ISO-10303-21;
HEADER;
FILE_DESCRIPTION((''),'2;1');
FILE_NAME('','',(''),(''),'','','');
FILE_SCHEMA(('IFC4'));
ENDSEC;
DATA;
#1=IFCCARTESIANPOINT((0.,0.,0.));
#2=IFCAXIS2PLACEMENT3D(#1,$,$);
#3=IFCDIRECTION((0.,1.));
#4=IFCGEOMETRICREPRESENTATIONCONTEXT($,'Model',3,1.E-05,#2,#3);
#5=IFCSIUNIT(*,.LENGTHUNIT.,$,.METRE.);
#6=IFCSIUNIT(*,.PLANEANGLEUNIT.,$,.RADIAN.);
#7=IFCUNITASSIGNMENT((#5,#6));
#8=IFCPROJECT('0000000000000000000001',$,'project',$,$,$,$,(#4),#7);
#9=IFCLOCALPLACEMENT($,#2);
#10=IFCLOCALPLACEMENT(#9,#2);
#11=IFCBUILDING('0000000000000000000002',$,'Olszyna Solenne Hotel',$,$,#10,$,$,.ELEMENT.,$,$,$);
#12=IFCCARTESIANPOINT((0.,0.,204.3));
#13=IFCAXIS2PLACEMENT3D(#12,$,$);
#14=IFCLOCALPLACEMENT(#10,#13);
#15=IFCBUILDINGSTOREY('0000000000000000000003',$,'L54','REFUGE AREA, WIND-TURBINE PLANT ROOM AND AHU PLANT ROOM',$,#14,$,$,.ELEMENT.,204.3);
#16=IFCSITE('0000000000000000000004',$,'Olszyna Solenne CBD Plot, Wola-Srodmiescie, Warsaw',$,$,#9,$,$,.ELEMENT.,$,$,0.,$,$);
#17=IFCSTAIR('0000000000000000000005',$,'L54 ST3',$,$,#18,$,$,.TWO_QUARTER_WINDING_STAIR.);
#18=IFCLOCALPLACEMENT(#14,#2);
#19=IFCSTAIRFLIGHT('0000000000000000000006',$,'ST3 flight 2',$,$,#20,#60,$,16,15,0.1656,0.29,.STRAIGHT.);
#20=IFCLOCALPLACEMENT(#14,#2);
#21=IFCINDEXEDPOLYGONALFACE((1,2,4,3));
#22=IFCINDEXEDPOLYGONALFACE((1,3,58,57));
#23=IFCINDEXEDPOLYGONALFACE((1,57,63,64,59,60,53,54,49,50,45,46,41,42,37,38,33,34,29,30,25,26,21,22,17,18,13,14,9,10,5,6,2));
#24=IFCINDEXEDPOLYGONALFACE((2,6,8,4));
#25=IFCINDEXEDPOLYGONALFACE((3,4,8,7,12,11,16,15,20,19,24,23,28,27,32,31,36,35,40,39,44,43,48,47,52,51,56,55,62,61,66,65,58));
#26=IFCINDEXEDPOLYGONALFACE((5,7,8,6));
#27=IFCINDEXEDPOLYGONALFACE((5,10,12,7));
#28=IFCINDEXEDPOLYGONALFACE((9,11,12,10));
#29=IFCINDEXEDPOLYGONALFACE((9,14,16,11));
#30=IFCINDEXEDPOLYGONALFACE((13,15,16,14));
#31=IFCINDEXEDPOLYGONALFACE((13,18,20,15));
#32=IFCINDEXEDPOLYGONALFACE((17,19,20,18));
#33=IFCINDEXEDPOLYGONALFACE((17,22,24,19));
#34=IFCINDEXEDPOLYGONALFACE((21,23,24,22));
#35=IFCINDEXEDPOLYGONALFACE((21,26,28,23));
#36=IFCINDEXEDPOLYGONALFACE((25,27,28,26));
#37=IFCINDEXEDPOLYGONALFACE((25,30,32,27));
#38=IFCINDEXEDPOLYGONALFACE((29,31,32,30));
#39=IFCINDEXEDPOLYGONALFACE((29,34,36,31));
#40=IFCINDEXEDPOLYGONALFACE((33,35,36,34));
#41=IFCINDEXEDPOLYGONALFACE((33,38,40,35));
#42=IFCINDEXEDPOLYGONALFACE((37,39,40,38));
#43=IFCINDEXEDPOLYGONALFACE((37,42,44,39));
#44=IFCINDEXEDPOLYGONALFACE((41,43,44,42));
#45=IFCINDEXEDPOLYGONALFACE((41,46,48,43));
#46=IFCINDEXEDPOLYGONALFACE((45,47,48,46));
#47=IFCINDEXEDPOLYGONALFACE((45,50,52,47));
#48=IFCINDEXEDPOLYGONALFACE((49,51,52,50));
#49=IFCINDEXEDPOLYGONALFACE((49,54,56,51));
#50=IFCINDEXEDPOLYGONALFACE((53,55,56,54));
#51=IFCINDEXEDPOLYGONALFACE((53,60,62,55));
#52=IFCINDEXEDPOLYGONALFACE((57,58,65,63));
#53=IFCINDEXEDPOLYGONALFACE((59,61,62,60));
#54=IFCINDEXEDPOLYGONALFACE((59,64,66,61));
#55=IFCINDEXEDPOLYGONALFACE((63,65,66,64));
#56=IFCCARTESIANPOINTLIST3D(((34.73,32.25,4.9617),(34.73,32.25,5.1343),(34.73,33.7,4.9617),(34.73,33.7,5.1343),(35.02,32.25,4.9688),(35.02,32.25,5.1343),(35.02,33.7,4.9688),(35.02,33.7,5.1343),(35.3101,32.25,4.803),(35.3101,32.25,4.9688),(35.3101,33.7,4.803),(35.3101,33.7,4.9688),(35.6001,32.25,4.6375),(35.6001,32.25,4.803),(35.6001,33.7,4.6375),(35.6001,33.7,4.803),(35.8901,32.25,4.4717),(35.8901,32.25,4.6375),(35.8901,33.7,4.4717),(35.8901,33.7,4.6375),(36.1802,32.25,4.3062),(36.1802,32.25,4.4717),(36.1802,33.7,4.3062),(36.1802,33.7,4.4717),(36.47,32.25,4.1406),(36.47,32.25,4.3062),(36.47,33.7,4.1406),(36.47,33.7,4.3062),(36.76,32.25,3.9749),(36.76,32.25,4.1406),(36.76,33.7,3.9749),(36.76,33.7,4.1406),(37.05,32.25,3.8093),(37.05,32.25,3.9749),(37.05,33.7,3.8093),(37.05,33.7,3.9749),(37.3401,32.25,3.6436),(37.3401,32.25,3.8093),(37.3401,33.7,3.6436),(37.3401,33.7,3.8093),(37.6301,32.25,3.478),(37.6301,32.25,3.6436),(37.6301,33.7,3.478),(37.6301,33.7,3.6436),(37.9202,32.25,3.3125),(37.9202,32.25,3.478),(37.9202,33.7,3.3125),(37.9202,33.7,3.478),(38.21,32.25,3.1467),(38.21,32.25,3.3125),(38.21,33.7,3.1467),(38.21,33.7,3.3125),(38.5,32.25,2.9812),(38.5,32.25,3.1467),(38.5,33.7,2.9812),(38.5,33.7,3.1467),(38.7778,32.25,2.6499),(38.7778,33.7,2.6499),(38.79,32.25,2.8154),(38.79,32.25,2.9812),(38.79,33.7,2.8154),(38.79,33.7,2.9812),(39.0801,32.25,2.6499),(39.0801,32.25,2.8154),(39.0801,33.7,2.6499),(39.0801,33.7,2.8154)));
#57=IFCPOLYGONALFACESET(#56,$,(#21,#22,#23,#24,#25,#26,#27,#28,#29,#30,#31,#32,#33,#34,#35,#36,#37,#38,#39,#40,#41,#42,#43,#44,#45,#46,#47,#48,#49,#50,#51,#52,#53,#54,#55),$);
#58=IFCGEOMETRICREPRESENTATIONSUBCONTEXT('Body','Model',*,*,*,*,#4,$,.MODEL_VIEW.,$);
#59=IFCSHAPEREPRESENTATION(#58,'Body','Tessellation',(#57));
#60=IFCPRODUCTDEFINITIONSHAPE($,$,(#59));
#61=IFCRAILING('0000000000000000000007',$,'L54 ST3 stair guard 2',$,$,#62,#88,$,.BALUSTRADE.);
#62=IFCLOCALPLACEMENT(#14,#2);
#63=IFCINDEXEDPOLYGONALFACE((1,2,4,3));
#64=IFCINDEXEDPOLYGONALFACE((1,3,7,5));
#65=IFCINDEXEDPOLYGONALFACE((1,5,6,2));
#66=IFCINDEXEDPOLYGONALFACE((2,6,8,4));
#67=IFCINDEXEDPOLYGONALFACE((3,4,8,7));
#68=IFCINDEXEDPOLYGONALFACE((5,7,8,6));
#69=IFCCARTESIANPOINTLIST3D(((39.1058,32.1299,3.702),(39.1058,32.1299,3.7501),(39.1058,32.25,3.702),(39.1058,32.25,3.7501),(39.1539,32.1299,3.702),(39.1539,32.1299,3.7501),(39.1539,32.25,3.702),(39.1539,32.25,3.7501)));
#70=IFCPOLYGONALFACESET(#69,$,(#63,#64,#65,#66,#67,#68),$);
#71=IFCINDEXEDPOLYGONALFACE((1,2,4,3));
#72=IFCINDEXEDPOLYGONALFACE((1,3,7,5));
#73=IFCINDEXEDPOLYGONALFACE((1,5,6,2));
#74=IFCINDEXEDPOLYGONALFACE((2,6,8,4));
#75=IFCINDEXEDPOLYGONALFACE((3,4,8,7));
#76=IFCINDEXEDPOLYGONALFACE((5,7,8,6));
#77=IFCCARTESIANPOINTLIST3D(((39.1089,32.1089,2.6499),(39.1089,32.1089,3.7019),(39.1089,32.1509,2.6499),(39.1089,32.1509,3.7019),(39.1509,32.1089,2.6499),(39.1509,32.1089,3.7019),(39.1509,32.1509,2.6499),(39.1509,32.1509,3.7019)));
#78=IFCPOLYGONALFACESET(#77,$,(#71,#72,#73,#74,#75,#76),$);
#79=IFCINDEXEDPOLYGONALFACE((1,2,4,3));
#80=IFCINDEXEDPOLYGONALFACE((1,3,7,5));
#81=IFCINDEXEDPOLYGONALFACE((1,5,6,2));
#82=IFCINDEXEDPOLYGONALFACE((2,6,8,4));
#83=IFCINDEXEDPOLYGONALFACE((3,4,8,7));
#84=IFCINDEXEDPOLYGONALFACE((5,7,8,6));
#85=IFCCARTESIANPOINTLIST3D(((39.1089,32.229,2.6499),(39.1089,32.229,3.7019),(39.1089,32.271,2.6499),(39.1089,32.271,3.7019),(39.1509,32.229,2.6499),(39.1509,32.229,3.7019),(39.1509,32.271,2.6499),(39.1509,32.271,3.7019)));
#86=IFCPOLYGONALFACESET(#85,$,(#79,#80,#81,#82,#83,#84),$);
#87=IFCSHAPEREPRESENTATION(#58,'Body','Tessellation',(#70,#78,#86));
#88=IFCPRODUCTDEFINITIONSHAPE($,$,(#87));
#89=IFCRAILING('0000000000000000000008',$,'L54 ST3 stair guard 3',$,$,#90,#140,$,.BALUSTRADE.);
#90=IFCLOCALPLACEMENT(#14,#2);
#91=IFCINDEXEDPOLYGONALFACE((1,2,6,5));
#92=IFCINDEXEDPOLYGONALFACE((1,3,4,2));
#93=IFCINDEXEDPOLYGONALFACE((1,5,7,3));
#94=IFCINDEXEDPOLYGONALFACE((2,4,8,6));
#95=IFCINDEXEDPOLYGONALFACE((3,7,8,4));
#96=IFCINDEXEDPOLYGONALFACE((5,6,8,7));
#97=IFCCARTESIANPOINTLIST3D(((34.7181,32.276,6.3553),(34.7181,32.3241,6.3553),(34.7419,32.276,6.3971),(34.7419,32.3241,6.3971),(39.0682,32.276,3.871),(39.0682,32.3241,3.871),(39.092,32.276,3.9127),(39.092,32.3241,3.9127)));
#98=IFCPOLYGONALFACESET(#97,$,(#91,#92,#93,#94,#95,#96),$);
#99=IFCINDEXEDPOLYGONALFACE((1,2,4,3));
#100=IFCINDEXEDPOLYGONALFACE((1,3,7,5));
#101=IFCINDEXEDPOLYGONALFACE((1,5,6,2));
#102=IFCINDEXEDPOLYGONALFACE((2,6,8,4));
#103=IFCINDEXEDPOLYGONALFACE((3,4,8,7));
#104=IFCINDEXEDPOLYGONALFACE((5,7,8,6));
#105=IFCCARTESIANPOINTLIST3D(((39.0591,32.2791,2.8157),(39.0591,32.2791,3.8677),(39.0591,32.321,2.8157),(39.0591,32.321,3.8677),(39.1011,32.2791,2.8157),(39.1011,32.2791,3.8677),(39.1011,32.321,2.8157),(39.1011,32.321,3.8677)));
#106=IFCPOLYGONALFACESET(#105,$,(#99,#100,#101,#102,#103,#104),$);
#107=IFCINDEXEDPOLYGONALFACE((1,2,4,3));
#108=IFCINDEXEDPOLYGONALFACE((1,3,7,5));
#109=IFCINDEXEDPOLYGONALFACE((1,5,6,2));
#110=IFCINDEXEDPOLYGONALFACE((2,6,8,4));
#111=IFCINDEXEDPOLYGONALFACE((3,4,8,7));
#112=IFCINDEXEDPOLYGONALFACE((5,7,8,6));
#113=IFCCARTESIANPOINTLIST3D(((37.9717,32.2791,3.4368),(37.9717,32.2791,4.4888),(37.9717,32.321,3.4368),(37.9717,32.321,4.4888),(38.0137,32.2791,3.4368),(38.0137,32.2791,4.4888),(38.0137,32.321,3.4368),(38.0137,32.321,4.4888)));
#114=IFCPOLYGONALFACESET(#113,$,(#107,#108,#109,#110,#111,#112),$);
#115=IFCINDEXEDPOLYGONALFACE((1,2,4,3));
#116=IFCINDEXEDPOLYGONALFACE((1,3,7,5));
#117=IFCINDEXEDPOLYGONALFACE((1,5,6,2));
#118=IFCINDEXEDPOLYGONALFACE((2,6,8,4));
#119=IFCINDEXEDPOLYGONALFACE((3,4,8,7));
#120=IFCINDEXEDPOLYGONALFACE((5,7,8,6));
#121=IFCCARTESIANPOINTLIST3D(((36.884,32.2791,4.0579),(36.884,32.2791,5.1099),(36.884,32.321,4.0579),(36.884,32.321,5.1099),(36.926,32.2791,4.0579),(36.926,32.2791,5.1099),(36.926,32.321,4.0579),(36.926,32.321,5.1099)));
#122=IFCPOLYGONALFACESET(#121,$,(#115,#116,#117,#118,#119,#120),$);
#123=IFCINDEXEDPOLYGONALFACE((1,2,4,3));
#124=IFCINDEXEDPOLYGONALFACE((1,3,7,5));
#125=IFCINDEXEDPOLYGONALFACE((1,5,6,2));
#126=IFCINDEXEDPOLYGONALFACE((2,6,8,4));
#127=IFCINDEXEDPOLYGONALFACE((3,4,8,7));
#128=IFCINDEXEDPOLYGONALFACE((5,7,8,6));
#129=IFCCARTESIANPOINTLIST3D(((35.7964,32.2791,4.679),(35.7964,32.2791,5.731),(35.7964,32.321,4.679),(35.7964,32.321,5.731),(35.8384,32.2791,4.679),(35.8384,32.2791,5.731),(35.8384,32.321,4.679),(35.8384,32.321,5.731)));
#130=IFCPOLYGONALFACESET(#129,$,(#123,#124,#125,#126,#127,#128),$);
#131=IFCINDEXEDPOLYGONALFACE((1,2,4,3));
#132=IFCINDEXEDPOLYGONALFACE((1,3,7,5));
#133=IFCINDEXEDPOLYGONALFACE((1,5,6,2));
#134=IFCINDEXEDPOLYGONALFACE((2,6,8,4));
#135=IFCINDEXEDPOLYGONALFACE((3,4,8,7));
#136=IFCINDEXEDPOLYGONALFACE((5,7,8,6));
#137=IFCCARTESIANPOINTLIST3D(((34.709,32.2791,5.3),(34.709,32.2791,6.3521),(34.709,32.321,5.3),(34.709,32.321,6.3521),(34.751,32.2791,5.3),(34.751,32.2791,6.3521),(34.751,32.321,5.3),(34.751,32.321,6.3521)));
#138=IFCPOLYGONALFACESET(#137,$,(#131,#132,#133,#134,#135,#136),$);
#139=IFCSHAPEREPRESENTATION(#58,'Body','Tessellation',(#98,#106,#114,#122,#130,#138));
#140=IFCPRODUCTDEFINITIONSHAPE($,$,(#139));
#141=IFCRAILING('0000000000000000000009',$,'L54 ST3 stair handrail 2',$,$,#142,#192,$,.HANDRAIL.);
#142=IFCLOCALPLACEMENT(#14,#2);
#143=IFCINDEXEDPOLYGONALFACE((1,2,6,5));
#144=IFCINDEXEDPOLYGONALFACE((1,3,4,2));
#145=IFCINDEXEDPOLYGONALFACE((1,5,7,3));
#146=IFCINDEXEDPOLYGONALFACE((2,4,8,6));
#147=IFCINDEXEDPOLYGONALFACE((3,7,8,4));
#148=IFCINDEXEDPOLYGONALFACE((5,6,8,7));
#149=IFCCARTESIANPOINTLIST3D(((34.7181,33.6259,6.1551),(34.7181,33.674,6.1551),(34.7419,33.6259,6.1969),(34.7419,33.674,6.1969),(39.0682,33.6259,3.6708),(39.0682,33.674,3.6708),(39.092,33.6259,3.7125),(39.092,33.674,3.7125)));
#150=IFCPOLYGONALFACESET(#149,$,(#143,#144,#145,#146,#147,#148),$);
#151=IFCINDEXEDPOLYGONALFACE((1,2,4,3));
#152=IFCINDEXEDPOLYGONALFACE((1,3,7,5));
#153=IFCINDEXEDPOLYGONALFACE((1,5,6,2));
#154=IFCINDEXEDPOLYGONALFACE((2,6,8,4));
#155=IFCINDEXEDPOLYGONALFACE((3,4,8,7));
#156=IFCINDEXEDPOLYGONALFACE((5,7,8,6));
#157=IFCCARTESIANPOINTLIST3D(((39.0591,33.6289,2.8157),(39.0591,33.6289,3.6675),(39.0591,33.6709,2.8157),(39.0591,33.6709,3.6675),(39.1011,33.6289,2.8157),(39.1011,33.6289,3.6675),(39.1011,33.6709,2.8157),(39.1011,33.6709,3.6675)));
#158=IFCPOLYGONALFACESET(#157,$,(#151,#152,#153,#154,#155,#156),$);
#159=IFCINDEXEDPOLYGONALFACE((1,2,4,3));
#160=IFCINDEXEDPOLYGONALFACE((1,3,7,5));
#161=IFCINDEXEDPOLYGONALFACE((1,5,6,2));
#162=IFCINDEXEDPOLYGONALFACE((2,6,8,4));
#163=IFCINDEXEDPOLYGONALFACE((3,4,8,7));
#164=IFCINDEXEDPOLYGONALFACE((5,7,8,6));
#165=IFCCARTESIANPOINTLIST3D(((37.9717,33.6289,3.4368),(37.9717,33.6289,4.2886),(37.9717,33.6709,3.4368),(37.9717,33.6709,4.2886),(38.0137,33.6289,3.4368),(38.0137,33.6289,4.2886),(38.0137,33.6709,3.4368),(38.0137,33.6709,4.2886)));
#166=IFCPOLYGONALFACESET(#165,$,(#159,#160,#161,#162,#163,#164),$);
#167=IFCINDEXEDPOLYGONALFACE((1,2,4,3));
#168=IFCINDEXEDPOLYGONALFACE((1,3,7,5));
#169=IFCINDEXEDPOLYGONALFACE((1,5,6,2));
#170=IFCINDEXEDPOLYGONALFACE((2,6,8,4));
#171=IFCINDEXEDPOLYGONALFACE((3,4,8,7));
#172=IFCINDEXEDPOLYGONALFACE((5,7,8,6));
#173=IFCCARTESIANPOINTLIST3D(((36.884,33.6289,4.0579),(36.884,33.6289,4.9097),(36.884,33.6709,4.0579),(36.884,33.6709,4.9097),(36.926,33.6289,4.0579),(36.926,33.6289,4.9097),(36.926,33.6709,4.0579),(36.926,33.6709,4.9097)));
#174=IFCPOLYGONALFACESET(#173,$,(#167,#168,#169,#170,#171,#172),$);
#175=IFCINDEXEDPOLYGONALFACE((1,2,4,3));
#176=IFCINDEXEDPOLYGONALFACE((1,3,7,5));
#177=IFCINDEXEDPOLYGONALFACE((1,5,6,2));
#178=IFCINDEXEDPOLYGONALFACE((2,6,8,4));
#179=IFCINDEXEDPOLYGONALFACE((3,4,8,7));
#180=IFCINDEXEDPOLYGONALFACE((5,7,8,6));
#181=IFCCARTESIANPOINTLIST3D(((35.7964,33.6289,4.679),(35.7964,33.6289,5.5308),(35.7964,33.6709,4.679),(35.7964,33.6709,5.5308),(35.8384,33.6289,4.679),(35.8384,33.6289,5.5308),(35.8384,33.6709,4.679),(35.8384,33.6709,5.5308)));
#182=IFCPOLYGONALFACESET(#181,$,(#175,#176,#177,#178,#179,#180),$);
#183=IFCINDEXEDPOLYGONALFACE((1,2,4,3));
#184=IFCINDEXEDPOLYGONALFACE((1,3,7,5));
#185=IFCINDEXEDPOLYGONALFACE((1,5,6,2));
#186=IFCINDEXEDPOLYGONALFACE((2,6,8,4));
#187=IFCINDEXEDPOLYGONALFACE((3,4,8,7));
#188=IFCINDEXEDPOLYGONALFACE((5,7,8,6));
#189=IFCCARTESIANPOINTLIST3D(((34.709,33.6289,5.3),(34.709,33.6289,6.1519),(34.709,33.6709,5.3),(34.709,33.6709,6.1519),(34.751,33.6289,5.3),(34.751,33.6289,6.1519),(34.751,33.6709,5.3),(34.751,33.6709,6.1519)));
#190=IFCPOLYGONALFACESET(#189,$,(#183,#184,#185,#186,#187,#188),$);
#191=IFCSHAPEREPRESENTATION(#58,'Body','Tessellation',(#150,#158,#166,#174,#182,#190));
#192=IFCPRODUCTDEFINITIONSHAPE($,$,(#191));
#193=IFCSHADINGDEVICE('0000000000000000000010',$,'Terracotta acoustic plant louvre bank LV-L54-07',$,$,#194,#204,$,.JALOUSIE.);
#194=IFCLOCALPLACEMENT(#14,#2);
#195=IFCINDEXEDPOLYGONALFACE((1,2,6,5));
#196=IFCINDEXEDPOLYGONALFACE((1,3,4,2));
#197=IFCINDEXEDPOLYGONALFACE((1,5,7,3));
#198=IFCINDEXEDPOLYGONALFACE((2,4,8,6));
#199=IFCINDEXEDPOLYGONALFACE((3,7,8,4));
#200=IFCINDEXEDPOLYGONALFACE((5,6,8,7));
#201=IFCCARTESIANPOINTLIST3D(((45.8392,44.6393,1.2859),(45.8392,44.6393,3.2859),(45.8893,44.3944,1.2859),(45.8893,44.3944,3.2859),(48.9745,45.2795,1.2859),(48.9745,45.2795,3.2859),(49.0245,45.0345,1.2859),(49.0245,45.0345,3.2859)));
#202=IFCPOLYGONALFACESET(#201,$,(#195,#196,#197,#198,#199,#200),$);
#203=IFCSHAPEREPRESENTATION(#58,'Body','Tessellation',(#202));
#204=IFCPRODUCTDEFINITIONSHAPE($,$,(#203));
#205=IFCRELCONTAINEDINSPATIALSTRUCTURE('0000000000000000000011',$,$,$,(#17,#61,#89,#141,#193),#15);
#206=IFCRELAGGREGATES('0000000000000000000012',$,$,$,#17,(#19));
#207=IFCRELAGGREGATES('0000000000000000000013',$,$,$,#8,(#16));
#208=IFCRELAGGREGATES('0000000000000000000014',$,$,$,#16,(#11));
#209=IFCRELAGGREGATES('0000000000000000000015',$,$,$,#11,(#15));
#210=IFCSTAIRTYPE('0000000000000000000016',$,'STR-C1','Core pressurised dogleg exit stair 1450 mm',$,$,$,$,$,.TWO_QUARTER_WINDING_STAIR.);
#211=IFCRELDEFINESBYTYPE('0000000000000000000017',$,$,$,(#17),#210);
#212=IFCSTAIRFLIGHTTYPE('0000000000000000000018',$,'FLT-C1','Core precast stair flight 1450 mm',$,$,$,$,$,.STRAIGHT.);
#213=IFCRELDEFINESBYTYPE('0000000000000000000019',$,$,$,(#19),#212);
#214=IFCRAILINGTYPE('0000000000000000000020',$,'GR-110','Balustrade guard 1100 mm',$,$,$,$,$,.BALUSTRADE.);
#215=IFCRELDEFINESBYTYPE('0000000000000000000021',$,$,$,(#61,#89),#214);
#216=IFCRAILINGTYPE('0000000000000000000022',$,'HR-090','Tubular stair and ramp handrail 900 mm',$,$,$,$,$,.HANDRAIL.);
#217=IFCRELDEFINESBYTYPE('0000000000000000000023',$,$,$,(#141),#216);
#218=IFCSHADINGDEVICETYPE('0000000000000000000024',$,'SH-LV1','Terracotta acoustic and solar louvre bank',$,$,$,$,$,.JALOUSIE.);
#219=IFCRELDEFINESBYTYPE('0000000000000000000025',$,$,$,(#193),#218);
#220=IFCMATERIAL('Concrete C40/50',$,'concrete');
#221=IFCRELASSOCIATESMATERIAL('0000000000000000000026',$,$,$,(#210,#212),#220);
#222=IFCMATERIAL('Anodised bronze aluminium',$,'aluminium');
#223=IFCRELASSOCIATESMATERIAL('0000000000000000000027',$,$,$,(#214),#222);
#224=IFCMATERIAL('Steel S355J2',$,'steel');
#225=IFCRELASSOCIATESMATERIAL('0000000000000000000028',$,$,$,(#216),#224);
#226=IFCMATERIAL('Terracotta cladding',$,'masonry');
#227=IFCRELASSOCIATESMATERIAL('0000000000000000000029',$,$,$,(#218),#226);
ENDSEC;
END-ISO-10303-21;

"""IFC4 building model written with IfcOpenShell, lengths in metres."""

from ifc_helpers import new_model, si_unit, direction, frame, origin, origin_2d, place, context, subcontext, project, spatial, polyline, rectangle, outline, extrude, source, transform, mapped, material, type_object, element, aggregate, save


model = new_model("IFC4")

# Units and contexts
model_context = context("Model", 3, precision=1e-05, world=origin(), true_north=direction((0.0, 1.0)))
body_context = subcontext(model_context, "Body", "Model", "MODEL_VIEW")
ifc_project = project(units=[si_unit("LENGTHUNIT", "METRE"), si_unit("PLANEANGLEUNIT", "RADIAN")], contexts=[model_context])

# Site, building, storey
site_placement = place(None, origin())
site = spatial("IfcSite", under=ifc_project, at=site_placement, Name="Olszyna Solenne CBD Plot, Wola-Srodmiescie, Warsaw", CompositionType="ELEMENT", RefElevation=0.0)
building_placement = place(site_placement, origin())
building = spatial("IfcBuilding", under=site, at=building_placement, Name="Olszyna Solenne Hotel", CompositionType="ELEMENT")
storey_placement = place(building_placement, frame((0.0, 0.0, 204.3)))
storey = spatial("IfcBuildingStorey", under=building, at=storey_placement, Name="L54", Description="REFUGE AREA, WIND-TURBINE PLANT ROOM AND AHU PLANT ROOM", CompositionType="ELEMENT", Elevation=204.3)

# Shared definitions
ifc_material_1 = material(Name="Steel S355J2", Category="steel")

# Stair, stair flight
ifc_material_2 = material(Name="Concrete C40/50", Category="concrete")
stair_type = type_object("IfcStairType", Name="STR-C1", Description="Core pressurised dogleg exit stair 1450 mm", PredefinedType="TWO_QUARTER_WINDING_STAIR", material=ifc_material_2)
stair_placement = place(storey_placement, origin())
stair = element("IfcStair", 1, at=stair_placement, inside=storey, type_object=stair_type, Name="L54 ST3", PredefinedType="TWO_QUARTER_WINDING_STAIR")
stair_flight_type = type_object("IfcStairFlightType", Name="FLT-C1", Description="Core precast stair flight 1450 mm", PredefinedType="STRAIGHT", material=ifc_material_2)
stair_flight_placement = place(storey_placement, frame((39.0801, 32.9751, 2.6499), z_axis=(0.0, 0.0, 1.0), x_axis=(-1.0, 0.0, 0.0)))
stair_flight = element("IfcStairFlight", 2, at=stair_flight_placement, type_object=stair_flight_type, Name="ST3 flight 2", NumberOfRisers=16, NumberOfTreads=15, PredefinedType="STRAIGHT", RiserHeight=0.1656, TreadLength=0.29, context=body_context, shape_type="SweptSolid", body=[
    extrude(outline(polyline([(0.0, 0.0), (0.0, 0.1655), (0.29, 0.1655), (0.29, 0.3313), (0.5801, 0.3313), (0.5801, 0.4968), (0.8701, 0.4968), (0.8701, 0.6626), (1.1599, 0.6626), (1.1599, 0.8281), (1.45, 0.8281), (1.45, 0.9937), (1.74, 0.9937), (1.74, 1.1594), (2.03, 1.1594), (2.03, 1.325), (2.3201, 1.325), (2.3201, 1.4907), (2.6101, 1.4907), (2.6101, 1.6562), (2.8999, 1.6562), (2.8999, 1.8218), (3.1899, 1.8218), (3.1899, 1.9875), (3.48, 1.9875), (3.48, 2.1531), (3.77, 2.1531), (3.77, 2.3188), (4.0601, 2.3188), (4.0601, 2.4844), (4.3501, 2.4844), (4.3501, 2.6499), (4.3501, 2.3118), (0.3022, 0.0), (0.0, 0.0)])), frame((0.0, 0.7251, 0.0), z_axis=(0.0, -1.0, 0.0), x_axis=(1.0, 0.0, 0.0)), (0.0, 0.0, 1.0), 1.45),
])
aggregate(stair, [stair_flight])

# Railings
ifc_material_3 = material(Name="Anodised bronze aluminium", Category="aluminium")
railing_type_1 = type_object("IfcRailingType", Name="GR-110", Description="Balustrade guard 1100 mm", PredefinedType="BALUSTRADE", material=ifc_material_3)
railing_1_placement = place(storey_placement, frame((39.1299, 32.1299, 2.6499)))
element("IfcRailing", 3, at=railing_1_placement, inside=storey, type_object=railing_type_1, Name="L54 ST3 stair guard 2", PredefinedType="BALUSTRADE", context=body_context, shape_type="SweptSolid", body=[
    extrude(rectangle(XDim=0.0481, YDim=0.0481, at=origin_2d()), frame((0.0, 0.0, 1.0762), z_axis=(0.0, 1.0, 0.0), x_axis=(-1.0, 0.0, 0.0)), (0.0, 0.0, 1.0), 0.1201),
    extrude(rectangle(XDim=0.042, YDim=0.042, at=origin_2d()), origin(), (0.0, 0.0, 1.0), 1.052),
    extrude(rectangle(XDim=0.042, YDim=0.042, at=origin_2d()), frame((0.0, 0.1201, 0.0)), (0.0, 0.0, 1.0), 1.052),
])
railing_2_placement = place(storey_placement, frame((39.0801, 32.3, 2.8157)))
element("IfcRailing", 4, at=railing_2_placement, inside=storey, type_object=railing_type_1, Name="L54 ST3 stair guard 3", PredefinedType="BALUSTRADE", context=body_context, shape_type="SweptSolid", body=[
    extrude(rectangle(XDim=0.0481, YDim=0.0481, at=origin_2d()), frame((0.0, 0.0, 1.0762), z_axis=(-0.868363, 0.0, 0.495929), x_axis=(0.0, -1.0, 0.0)), (0.0, 0.0, 1.0), 5.0095),
    extrude(rectangle(XDim=0.042, YDim=0.042, at=origin_2d()), origin(), (0.0, 0.0, 1.0), 1.052),
    extrude(rectangle(XDim=0.042, YDim=0.042, at=origin_2d()), frame((-1.0874, 0.0, 0.6211)), (0.0, 0.0, 1.0), 1.052),
    extrude(rectangle(XDim=0.042, YDim=0.042, at=origin_2d()), frame((-2.175, 0.0, 1.2422)), (0.0, 0.0, 1.0), 1.052),
    extrude(rectangle(XDim=0.042, YDim=0.042, at=origin_2d()), frame((-3.2627, 0.0, 1.8633)), (0.0, 0.0, 1.0), 1.052),
    extrude(rectangle(XDim=0.042, YDim=0.042, at=origin_2d()), frame((-4.3501, 0.0, 2.4844)), (0.0, 0.0, 1.0), 1.052),
])
railing_type_2 = type_object("IfcRailingType", Name="HR-090", Description="Tubular stair and ramp handrail 900 mm", PredefinedType="HANDRAIL", material=ifc_material_1)
railing_3_placement = place(storey_placement, frame((39.0801, 33.6499, 2.8157)))
element("IfcRailing", 5, at=railing_3_placement, inside=storey, type_object=railing_type_2, Name="L54 ST3 stair handrail 2", PredefinedType="HANDRAIL", context=body_context, shape_type="SweptSolid", body=[
    extrude(rectangle(XDim=0.0481, YDim=0.0481, at=origin_2d()), frame((0.0, 0.0, 0.876), z_axis=(-0.868363, 0.0, 0.495929), x_axis=(0.0, -1.0, 0.0)), (0.0, 0.0, 1.0), 5.0095),
    extrude(rectangle(XDim=0.042, YDim=0.042, at=origin_2d()), origin(), (0.0, 0.0, 1.0), 0.8518),
    extrude(rectangle(XDim=0.042, YDim=0.042, at=origin_2d()), frame((-1.0874, 0.0, 0.6211)), (0.0, 0.0, 1.0), 0.8518),
    extrude(rectangle(XDim=0.042, YDim=0.042, at=origin_2d()), frame((-2.175, 0.0, 1.2422)), (0.0, 0.0, 1.0), 0.8518),
    extrude(rectangle(XDim=0.042, YDim=0.042, at=origin_2d()), frame((-3.2627, 0.0, 1.8633)), (0.0, 0.0, 1.0), 0.8518),
    extrude(rectangle(XDim=0.042, YDim=0.042, at=origin_2d()), frame((-4.3501, 0.0, 2.4844)), (0.0, 0.0, 1.0), 0.8518),
])

# Shading device
ifc_material_4 = material(Name="Terracotta cladding", Category="masonry")
shading_device_type = type_object("IfcShadingDeviceType", Name="SH-LV1", Description="Terracotta acoustic and solar louvre bank", PredefinedType="JALOUSIE", material=ifc_material_4)
shared_shape_1 = source(origin(), body_context, "Body", "SweptSolid", [
    extrude(rectangle(XDim=3.2, YDim=0.25, at=origin_2d()), origin(), (0.0, 0.0, 1.0), 2.0),
])
shading_device_placement = place(storey_placement, frame((47.4319, 44.8369, 1.2859), z_axis=(0.0, 0.0, 1.0), x_axis=(0.979785, 0.200052, 0.0)))
element("IfcShadingDevice", 6, at=shading_device_placement, inside=storey, type_object=shading_device_type, Name="Terracotta acoustic plant louvre bank LV-L54-07", PredefinedType="JALOUSIE", context=body_context, shape_type="MappedRepresentation", body=[
    mapped(shared_shape_1, transform((0.0, 0.0, 0.0), x_axis=(1.0, 0.0, 0.0), y_axis=(0.0, 1.0, 0.0), z_axis=(0.0, 0.0, 1.0), scale=1.0)),
])

save(model, "model.ifc")
